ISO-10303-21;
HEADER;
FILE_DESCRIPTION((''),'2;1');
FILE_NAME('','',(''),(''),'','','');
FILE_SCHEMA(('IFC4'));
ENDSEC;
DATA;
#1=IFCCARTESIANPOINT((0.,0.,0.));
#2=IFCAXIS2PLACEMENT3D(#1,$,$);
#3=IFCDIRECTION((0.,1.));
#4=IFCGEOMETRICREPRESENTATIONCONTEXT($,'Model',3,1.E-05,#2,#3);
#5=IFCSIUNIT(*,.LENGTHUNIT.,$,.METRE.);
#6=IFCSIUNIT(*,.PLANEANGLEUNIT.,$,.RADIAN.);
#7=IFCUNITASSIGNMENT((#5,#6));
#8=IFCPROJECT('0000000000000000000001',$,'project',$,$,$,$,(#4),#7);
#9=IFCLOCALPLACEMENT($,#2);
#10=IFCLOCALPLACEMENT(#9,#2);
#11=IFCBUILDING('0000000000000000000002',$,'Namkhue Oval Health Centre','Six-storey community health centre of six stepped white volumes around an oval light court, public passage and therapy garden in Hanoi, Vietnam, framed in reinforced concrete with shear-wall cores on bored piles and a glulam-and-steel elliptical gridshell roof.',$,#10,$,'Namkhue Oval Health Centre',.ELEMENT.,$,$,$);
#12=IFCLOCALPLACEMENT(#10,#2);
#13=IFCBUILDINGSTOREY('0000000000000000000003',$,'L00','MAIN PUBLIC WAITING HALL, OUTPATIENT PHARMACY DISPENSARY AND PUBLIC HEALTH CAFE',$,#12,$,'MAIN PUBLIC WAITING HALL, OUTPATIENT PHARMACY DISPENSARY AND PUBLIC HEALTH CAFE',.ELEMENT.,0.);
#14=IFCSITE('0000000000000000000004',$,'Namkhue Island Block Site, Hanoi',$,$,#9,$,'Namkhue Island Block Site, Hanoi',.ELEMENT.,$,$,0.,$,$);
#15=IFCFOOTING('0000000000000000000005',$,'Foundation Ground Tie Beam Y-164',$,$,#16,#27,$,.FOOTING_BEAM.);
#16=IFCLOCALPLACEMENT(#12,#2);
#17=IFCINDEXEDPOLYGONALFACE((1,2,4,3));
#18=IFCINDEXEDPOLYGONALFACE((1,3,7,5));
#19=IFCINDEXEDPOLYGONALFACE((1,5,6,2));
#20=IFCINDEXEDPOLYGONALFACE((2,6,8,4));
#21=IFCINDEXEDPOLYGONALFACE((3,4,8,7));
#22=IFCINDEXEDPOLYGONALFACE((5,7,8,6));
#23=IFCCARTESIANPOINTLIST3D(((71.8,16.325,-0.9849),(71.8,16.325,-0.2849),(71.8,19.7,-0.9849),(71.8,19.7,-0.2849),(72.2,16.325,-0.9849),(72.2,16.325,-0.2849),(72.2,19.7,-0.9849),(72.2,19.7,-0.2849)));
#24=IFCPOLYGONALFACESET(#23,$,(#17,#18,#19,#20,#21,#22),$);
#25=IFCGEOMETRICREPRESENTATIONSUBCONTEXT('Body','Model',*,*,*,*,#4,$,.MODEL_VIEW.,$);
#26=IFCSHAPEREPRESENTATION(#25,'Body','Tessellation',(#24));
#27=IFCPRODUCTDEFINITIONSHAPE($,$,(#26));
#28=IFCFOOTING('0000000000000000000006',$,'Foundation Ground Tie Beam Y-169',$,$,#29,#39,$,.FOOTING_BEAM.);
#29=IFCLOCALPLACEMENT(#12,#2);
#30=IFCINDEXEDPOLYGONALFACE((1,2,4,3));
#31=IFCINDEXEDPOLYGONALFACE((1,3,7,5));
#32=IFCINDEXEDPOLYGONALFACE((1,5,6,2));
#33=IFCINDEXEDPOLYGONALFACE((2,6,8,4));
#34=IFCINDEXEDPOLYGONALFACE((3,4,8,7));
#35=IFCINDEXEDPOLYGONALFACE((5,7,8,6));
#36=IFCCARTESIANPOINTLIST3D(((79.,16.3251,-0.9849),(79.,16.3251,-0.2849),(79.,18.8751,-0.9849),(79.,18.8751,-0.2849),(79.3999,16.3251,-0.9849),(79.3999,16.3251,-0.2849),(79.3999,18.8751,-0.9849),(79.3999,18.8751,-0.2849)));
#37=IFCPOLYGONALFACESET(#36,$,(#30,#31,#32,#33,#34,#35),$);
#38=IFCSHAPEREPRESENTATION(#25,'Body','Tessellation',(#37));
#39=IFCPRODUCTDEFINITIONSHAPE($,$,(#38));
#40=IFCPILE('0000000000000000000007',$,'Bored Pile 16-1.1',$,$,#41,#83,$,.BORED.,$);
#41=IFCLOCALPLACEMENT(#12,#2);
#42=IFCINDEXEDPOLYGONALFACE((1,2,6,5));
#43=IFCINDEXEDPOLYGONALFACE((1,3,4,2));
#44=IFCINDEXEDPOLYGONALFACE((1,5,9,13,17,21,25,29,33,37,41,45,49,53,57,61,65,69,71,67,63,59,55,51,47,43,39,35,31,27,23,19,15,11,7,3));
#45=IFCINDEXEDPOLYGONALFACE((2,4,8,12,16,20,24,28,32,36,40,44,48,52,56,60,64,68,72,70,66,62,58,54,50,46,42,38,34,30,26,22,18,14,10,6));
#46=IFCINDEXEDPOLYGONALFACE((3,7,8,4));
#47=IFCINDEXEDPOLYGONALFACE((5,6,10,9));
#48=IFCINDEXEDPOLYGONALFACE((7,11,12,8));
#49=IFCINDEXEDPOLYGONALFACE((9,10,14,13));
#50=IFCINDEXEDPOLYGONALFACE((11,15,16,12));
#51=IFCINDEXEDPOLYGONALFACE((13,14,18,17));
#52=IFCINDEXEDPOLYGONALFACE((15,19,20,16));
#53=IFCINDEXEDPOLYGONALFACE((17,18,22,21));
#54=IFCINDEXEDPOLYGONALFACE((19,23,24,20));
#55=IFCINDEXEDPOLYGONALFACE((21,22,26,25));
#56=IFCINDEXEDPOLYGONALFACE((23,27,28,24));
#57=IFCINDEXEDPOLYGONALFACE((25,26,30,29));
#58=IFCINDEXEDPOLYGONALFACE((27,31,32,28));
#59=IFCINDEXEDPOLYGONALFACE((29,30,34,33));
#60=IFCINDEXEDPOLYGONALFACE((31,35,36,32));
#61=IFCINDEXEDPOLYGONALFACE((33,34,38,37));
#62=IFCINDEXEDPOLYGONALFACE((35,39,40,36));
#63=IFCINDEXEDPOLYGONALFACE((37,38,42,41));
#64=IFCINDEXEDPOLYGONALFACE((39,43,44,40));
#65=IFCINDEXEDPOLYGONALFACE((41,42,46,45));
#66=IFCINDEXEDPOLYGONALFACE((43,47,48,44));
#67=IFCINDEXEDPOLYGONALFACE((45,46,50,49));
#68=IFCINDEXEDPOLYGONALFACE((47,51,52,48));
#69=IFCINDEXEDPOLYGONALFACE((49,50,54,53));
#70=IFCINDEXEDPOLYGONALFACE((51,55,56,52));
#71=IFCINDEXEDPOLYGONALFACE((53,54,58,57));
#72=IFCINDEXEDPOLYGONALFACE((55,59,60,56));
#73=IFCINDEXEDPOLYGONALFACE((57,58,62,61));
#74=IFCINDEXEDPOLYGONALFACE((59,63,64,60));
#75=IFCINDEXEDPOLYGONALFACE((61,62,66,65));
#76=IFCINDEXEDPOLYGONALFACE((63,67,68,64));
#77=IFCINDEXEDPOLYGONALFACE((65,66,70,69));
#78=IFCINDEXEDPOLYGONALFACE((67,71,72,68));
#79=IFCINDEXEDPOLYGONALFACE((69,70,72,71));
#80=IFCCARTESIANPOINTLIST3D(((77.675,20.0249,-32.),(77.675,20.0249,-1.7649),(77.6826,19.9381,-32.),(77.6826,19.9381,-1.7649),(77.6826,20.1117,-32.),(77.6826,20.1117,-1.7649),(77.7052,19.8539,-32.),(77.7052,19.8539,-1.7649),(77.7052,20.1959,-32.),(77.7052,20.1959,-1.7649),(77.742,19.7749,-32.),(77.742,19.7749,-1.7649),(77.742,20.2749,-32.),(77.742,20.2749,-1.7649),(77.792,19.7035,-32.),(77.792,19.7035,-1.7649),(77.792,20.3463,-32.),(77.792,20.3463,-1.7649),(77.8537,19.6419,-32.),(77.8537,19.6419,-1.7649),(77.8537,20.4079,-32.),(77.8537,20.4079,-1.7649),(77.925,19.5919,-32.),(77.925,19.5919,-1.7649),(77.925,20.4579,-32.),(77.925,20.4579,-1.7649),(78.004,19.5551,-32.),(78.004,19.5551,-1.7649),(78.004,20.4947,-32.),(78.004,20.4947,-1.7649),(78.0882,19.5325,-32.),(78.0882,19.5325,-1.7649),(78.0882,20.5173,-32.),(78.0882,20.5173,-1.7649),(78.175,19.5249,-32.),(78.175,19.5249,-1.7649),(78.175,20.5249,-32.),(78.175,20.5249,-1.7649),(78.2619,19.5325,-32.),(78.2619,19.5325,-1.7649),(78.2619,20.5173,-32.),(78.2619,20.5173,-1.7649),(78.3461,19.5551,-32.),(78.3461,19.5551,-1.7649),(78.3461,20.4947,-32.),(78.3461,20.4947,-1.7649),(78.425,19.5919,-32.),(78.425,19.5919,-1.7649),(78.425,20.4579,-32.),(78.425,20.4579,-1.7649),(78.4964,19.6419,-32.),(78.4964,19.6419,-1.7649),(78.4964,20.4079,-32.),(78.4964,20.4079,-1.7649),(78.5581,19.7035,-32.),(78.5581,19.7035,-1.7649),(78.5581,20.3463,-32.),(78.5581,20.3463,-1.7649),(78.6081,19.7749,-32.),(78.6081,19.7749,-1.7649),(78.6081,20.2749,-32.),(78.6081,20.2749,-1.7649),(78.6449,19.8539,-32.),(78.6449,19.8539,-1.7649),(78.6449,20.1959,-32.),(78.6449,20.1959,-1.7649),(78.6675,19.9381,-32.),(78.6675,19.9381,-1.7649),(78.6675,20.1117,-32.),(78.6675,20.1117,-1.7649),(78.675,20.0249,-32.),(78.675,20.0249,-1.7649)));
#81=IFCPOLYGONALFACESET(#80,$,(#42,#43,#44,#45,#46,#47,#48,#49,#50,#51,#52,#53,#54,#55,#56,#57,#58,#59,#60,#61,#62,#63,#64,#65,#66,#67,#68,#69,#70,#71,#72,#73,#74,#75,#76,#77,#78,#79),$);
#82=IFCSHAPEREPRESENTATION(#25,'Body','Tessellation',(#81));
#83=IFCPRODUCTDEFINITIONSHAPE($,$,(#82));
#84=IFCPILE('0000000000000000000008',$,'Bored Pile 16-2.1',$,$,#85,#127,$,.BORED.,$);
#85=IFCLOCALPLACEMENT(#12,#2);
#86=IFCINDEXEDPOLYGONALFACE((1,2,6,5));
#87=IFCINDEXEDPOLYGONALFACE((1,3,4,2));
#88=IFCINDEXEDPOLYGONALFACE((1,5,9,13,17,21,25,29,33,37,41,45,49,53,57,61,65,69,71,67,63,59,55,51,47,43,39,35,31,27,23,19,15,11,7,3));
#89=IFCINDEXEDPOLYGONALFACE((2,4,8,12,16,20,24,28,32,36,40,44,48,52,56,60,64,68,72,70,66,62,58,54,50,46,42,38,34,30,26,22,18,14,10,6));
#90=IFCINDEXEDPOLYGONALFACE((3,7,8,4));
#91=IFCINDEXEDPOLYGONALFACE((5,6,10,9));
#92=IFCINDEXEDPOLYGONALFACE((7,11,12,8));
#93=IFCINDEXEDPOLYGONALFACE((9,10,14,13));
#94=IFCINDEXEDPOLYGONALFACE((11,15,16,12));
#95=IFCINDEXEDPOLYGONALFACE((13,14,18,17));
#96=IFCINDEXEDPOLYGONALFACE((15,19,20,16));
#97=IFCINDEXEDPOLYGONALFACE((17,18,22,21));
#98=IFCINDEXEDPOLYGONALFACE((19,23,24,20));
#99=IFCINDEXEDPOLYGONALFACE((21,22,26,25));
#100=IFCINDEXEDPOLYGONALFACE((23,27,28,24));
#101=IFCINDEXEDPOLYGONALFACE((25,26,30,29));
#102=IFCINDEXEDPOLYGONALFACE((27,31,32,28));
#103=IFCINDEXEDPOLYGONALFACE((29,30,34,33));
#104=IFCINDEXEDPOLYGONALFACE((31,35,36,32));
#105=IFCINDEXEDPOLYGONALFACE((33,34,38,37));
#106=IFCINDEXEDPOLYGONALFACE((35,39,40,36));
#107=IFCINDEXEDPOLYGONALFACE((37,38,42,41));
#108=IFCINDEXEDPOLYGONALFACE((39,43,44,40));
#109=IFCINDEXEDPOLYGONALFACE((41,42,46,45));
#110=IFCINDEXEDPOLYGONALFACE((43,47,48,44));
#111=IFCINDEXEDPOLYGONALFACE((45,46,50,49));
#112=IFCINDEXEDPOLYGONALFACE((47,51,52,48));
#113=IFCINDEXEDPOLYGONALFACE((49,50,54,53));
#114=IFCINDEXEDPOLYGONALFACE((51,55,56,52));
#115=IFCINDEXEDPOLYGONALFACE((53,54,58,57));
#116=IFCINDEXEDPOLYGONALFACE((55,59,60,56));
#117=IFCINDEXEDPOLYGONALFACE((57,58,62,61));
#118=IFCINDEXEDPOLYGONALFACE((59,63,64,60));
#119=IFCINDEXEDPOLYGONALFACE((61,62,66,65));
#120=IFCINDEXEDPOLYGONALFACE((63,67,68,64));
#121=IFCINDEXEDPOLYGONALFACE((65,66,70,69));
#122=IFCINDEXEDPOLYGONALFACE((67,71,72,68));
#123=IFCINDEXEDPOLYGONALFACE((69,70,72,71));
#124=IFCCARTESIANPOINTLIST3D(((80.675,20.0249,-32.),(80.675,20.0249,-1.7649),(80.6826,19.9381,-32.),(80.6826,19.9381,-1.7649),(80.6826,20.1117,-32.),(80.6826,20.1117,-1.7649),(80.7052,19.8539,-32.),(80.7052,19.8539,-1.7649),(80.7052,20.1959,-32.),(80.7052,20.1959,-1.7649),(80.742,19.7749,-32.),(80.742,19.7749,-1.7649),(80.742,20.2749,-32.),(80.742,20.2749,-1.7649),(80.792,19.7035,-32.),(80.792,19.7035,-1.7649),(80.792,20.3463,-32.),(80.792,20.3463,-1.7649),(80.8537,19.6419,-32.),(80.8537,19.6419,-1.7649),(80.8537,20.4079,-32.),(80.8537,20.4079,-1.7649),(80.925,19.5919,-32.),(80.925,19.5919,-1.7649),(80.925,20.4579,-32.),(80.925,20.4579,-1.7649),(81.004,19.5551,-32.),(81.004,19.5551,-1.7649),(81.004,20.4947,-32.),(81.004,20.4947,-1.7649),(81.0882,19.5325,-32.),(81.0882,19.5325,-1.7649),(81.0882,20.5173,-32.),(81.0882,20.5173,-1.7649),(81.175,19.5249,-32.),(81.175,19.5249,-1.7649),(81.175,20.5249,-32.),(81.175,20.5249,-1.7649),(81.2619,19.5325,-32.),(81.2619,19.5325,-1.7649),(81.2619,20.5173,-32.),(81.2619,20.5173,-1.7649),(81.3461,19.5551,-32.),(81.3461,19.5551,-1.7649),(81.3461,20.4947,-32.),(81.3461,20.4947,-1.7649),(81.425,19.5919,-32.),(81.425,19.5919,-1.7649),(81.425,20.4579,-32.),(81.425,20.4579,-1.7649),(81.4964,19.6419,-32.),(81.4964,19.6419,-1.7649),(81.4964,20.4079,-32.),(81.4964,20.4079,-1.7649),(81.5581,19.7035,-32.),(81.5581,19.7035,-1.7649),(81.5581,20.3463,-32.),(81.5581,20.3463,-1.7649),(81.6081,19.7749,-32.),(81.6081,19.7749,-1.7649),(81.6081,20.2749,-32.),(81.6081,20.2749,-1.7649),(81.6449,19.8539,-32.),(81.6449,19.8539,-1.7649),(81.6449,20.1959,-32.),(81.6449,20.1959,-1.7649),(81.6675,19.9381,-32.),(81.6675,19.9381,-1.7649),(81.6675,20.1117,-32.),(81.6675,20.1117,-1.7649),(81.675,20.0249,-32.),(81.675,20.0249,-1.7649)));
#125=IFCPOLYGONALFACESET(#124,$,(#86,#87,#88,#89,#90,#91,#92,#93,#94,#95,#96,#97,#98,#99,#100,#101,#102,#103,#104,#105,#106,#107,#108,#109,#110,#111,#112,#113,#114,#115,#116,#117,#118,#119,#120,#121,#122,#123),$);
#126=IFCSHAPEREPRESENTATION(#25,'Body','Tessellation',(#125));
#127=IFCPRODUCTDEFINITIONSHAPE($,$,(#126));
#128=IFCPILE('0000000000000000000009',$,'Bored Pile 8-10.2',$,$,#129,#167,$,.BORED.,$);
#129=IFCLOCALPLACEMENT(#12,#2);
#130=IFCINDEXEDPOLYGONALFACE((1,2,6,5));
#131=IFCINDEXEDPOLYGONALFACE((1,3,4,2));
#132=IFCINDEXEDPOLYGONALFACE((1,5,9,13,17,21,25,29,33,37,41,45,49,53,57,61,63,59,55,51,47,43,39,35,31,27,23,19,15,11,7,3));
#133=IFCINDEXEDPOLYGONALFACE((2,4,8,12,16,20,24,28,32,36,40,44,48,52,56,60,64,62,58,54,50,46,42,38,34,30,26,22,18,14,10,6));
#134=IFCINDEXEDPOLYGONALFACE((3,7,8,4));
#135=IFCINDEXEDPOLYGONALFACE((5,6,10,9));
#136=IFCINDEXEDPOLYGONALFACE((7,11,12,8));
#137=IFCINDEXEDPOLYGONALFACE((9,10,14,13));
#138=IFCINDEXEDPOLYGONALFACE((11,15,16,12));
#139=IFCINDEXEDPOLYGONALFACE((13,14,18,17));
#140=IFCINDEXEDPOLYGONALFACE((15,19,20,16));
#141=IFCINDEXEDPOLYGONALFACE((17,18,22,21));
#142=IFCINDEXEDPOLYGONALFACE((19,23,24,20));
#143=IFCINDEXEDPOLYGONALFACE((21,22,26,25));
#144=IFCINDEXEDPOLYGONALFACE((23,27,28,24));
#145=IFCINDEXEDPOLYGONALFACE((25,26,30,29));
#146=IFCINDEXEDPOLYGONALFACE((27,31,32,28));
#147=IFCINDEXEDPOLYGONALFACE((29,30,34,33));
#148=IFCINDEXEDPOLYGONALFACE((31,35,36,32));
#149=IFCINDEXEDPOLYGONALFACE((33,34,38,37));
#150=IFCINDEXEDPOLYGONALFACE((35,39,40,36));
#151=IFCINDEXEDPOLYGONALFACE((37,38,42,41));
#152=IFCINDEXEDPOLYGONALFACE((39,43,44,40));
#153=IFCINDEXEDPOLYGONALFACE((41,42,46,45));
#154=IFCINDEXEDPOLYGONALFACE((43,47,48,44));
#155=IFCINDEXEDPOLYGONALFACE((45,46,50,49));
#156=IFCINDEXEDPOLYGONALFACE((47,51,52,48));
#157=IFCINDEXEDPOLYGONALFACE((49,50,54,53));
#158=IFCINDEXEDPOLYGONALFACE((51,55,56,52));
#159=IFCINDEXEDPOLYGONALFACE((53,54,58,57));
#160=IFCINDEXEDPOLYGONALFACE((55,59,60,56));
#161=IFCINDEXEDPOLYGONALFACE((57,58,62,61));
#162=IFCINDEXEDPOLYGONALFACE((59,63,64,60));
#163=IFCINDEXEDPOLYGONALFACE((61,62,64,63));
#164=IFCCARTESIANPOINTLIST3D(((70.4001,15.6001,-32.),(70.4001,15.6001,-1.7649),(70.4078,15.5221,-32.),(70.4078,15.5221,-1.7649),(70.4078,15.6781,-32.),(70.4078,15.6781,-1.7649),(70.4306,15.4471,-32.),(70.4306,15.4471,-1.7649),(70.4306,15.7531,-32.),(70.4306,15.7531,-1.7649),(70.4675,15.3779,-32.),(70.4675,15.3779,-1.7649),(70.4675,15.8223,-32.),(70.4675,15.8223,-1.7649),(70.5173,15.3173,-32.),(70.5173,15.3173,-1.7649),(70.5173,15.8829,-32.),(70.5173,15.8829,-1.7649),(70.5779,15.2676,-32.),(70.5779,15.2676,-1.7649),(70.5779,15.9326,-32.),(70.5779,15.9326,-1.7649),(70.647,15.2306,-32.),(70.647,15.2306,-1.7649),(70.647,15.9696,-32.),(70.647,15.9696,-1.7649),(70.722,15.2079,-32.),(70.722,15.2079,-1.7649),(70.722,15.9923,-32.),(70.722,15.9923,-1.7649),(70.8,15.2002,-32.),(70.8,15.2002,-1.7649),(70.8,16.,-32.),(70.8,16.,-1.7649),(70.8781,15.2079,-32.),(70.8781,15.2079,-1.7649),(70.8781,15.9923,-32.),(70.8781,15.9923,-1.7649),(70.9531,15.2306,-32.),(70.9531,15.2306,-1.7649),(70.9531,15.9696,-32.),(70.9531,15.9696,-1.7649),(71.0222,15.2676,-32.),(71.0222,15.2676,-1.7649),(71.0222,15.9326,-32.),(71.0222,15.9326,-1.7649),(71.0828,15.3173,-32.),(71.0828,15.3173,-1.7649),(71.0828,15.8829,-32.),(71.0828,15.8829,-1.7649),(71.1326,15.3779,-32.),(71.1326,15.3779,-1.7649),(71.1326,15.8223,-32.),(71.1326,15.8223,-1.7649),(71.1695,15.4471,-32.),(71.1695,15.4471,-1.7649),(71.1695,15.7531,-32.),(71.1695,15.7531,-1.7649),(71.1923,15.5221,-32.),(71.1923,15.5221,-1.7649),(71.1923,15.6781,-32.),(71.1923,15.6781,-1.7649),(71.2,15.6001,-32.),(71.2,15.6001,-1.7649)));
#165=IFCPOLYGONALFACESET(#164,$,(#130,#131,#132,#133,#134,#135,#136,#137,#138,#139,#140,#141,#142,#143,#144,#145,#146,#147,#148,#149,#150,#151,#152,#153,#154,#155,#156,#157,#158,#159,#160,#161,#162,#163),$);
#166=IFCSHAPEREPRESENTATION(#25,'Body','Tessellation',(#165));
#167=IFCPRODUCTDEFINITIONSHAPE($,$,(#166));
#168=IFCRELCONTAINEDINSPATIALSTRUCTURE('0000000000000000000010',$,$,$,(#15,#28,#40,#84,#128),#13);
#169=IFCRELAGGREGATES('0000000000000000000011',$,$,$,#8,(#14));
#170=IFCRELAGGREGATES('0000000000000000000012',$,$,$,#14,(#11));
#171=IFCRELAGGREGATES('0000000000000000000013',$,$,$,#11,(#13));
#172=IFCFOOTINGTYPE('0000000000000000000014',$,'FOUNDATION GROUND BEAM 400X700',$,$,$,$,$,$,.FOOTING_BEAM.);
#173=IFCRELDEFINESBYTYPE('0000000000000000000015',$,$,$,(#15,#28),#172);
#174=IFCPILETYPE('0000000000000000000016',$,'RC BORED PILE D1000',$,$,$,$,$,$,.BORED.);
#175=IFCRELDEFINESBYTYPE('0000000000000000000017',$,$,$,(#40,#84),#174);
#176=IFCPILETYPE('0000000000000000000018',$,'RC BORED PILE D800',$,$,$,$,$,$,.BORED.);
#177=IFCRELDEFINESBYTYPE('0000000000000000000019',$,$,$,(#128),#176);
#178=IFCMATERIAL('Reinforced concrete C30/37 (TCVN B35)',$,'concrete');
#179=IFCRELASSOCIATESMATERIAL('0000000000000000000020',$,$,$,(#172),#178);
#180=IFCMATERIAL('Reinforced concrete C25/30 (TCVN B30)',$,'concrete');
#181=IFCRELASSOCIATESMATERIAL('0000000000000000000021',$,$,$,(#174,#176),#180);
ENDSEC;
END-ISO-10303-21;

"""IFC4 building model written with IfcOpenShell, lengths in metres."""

from ifc_helpers import new_model, si_unit, direction, frame, origin, origin_2d, place, context, subcontext, project, spatial, rectangle, circle, extrude, material, material_profile, profile_set, type_object, element, save


model = new_model("IFC4")

# Units and contexts
model_context = context("Model", 3, precision=1e-05, world=origin(), true_north=direction((0.0, 1.0)))
body_context = subcontext(model_context, "Body", "Model", "MODEL_VIEW")
ifc_project = project(units=[si_unit("LENGTHUNIT", "METRE"), si_unit("PLANEANGLEUNIT", "RADIAN")], contexts=[model_context])

# Site, building, storey
site_placement = place(None, origin())
site = spatial("IfcSite", under=ifc_project, at=site_placement, Name="Namkhue Island Block Site, Hanoi", LongName="Namkhue Island Block Site, Hanoi", CompositionType="ELEMENT", RefElevation=0.0)
building_placement = place(site_placement, origin())
building = spatial("IfcBuilding", under=site, at=building_placement, Name="Namkhue Oval Health Centre", Description="Six-storey community health centre of six stepped white volumes around an oval light court, public passage and therapy garden in Hanoi, Vietnam, framed in reinforced concrete with shear-wall cores on bored piles and a glulam-and-steel elliptical gridshell roof.", LongName="Namkhue Oval Health Centre", CompositionType="ELEMENT")
storey_placement = place(building_placement, origin())
storey = spatial("IfcBuildingStorey", under=building, at=storey_placement, Name="L00", Description="MAIN PUBLIC WAITING HALL, OUTPATIENT PHARMACY DISPENSARY AND PUBLIC HEALTH CAFE", LongName="MAIN PUBLIC WAITING HALL, OUTPATIENT PHARMACY DISPENSARY AND PUBLIC HEALTH CAFE", CompositionType="ELEMENT", Elevation=0.0)

# Footings
ifc_material_1 = material(Name="Reinforced concrete C30/37 (TCVN B35)", Category="concrete")
footing_type = type_object("IfcFootingType", Name="FOUNDATION GROUND BEAM 400X700", PredefinedType="FOOTING_BEAM", material=ifc_material_1)
footing_1_placement = place(storey_placement, frame((72.0, 18.0125, -0.9849), z_axis=(0.0, 0.0, 1.0), x_axis=(0.0, 1.0, 0.0)))
element("IfcFooting", 1, at=footing_1_placement, inside=storey, type_object=footing_type, Name="Foundation Ground Tie Beam Y-164", PredefinedType="FOOTING_BEAM", context=body_context, shape_type="SweptSolid", body=[
    extrude(rectangle(XDim=3.375, YDim=0.3999, at=origin_2d()), origin(), (0.0, 0.0, 1.0), 0.7),
])
footing_2_placement = place(storey_placement, frame((79.2, 17.6001, -0.9849), z_axis=(0.0, 0.0, 1.0), x_axis=(0.0, 1.0, 0.0)))
element("IfcFooting", 2, at=footing_2_placement, inside=storey, type_object=footing_type, Name="Foundation Ground Tie Beam Y-169", PredefinedType="FOOTING_BEAM", context=body_context, shape_type="SweptSolid", body=[
    extrude(rectangle(XDim=2.55, YDim=0.3999, at=origin_2d()), origin(), (0.0, 0.0, 1.0), 0.7),
])

# Piles
ifc_material_2 = material(Name="Reinforced concrete C25/30 (TCVN B30)", Category="concrete")
ifc_material_profile_1 = material_profile(ifc_material_2, circle(Radius=0.5, at=origin_2d()), Name="BORED PILE D1000")
ifc_profile_set_1 = profile_set([ifc_material_profile_1], Name="Reinforced concrete C25/30 (TCVN B30)")
pile_type_1 = type_object("IfcPileType", Name="RC BORED PILE D1000", PredefinedType="BORED", material=ifc_profile_set_1)
for number, where, z_axis, x_axis, name in (
    (3, (78.175, 20.0249, -1.7649), (0.0, 0.0, -1.0), (1.0, 0.0, 0.0), "Bored Pile 16-1.1"),
    (4, (81.175, 20.0249, -1.7649), (0.0, 0.0, -1.0), (1.0, 0.0, 0.0), "Bored Pile 16-2.1"),
):
    element("IfcPile", number, at=place(storey_placement, frame(where, z_axis=z_axis, x_axis=x_axis)), inside=storey, type_object=pile_type_1, Name=name, PredefinedType="BORED", context=body_context, shape_type="SweptSolid", body=[
        extrude(circle(Radius=0.5, at=origin_2d()), origin(), (0.0, 0.0, 1.0), 30.2351),
    ])
ifc_material_profile_2 = material_profile(ifc_material_2, circle(Radius=0.3999, at=origin_2d()), Name="BORED PILE D800")
ifc_profile_set_2 = profile_set([ifc_material_profile_2], Name="Reinforced concrete C25/30 (TCVN B30)")
pile_type_2 = type_object("IfcPileType", Name="RC BORED PILE D800", PredefinedType="BORED", material=ifc_profile_set_2)
for number, where, z_axis, x_axis, name in (
    (5, (70.8, 15.6001, -1.7649), (0.0, 0.0, -1.0), (1.0, 0.0, 0.0), "Bored Pile 8-10.2"),
):
    element("IfcPile", number, at=place(storey_placement, frame(where, z_axis=z_axis, x_axis=x_axis)), inside=storey, type_object=pile_type_2, Name=name, PredefinedType="BORED", context=body_context, shape_type="SweptSolid", body=[
        extrude(circle(Radius=0.3999, at=origin_2d()), origin(), (0.0, 0.0, 1.0), 30.2351),
    ])

save(model, "model.ifc")
